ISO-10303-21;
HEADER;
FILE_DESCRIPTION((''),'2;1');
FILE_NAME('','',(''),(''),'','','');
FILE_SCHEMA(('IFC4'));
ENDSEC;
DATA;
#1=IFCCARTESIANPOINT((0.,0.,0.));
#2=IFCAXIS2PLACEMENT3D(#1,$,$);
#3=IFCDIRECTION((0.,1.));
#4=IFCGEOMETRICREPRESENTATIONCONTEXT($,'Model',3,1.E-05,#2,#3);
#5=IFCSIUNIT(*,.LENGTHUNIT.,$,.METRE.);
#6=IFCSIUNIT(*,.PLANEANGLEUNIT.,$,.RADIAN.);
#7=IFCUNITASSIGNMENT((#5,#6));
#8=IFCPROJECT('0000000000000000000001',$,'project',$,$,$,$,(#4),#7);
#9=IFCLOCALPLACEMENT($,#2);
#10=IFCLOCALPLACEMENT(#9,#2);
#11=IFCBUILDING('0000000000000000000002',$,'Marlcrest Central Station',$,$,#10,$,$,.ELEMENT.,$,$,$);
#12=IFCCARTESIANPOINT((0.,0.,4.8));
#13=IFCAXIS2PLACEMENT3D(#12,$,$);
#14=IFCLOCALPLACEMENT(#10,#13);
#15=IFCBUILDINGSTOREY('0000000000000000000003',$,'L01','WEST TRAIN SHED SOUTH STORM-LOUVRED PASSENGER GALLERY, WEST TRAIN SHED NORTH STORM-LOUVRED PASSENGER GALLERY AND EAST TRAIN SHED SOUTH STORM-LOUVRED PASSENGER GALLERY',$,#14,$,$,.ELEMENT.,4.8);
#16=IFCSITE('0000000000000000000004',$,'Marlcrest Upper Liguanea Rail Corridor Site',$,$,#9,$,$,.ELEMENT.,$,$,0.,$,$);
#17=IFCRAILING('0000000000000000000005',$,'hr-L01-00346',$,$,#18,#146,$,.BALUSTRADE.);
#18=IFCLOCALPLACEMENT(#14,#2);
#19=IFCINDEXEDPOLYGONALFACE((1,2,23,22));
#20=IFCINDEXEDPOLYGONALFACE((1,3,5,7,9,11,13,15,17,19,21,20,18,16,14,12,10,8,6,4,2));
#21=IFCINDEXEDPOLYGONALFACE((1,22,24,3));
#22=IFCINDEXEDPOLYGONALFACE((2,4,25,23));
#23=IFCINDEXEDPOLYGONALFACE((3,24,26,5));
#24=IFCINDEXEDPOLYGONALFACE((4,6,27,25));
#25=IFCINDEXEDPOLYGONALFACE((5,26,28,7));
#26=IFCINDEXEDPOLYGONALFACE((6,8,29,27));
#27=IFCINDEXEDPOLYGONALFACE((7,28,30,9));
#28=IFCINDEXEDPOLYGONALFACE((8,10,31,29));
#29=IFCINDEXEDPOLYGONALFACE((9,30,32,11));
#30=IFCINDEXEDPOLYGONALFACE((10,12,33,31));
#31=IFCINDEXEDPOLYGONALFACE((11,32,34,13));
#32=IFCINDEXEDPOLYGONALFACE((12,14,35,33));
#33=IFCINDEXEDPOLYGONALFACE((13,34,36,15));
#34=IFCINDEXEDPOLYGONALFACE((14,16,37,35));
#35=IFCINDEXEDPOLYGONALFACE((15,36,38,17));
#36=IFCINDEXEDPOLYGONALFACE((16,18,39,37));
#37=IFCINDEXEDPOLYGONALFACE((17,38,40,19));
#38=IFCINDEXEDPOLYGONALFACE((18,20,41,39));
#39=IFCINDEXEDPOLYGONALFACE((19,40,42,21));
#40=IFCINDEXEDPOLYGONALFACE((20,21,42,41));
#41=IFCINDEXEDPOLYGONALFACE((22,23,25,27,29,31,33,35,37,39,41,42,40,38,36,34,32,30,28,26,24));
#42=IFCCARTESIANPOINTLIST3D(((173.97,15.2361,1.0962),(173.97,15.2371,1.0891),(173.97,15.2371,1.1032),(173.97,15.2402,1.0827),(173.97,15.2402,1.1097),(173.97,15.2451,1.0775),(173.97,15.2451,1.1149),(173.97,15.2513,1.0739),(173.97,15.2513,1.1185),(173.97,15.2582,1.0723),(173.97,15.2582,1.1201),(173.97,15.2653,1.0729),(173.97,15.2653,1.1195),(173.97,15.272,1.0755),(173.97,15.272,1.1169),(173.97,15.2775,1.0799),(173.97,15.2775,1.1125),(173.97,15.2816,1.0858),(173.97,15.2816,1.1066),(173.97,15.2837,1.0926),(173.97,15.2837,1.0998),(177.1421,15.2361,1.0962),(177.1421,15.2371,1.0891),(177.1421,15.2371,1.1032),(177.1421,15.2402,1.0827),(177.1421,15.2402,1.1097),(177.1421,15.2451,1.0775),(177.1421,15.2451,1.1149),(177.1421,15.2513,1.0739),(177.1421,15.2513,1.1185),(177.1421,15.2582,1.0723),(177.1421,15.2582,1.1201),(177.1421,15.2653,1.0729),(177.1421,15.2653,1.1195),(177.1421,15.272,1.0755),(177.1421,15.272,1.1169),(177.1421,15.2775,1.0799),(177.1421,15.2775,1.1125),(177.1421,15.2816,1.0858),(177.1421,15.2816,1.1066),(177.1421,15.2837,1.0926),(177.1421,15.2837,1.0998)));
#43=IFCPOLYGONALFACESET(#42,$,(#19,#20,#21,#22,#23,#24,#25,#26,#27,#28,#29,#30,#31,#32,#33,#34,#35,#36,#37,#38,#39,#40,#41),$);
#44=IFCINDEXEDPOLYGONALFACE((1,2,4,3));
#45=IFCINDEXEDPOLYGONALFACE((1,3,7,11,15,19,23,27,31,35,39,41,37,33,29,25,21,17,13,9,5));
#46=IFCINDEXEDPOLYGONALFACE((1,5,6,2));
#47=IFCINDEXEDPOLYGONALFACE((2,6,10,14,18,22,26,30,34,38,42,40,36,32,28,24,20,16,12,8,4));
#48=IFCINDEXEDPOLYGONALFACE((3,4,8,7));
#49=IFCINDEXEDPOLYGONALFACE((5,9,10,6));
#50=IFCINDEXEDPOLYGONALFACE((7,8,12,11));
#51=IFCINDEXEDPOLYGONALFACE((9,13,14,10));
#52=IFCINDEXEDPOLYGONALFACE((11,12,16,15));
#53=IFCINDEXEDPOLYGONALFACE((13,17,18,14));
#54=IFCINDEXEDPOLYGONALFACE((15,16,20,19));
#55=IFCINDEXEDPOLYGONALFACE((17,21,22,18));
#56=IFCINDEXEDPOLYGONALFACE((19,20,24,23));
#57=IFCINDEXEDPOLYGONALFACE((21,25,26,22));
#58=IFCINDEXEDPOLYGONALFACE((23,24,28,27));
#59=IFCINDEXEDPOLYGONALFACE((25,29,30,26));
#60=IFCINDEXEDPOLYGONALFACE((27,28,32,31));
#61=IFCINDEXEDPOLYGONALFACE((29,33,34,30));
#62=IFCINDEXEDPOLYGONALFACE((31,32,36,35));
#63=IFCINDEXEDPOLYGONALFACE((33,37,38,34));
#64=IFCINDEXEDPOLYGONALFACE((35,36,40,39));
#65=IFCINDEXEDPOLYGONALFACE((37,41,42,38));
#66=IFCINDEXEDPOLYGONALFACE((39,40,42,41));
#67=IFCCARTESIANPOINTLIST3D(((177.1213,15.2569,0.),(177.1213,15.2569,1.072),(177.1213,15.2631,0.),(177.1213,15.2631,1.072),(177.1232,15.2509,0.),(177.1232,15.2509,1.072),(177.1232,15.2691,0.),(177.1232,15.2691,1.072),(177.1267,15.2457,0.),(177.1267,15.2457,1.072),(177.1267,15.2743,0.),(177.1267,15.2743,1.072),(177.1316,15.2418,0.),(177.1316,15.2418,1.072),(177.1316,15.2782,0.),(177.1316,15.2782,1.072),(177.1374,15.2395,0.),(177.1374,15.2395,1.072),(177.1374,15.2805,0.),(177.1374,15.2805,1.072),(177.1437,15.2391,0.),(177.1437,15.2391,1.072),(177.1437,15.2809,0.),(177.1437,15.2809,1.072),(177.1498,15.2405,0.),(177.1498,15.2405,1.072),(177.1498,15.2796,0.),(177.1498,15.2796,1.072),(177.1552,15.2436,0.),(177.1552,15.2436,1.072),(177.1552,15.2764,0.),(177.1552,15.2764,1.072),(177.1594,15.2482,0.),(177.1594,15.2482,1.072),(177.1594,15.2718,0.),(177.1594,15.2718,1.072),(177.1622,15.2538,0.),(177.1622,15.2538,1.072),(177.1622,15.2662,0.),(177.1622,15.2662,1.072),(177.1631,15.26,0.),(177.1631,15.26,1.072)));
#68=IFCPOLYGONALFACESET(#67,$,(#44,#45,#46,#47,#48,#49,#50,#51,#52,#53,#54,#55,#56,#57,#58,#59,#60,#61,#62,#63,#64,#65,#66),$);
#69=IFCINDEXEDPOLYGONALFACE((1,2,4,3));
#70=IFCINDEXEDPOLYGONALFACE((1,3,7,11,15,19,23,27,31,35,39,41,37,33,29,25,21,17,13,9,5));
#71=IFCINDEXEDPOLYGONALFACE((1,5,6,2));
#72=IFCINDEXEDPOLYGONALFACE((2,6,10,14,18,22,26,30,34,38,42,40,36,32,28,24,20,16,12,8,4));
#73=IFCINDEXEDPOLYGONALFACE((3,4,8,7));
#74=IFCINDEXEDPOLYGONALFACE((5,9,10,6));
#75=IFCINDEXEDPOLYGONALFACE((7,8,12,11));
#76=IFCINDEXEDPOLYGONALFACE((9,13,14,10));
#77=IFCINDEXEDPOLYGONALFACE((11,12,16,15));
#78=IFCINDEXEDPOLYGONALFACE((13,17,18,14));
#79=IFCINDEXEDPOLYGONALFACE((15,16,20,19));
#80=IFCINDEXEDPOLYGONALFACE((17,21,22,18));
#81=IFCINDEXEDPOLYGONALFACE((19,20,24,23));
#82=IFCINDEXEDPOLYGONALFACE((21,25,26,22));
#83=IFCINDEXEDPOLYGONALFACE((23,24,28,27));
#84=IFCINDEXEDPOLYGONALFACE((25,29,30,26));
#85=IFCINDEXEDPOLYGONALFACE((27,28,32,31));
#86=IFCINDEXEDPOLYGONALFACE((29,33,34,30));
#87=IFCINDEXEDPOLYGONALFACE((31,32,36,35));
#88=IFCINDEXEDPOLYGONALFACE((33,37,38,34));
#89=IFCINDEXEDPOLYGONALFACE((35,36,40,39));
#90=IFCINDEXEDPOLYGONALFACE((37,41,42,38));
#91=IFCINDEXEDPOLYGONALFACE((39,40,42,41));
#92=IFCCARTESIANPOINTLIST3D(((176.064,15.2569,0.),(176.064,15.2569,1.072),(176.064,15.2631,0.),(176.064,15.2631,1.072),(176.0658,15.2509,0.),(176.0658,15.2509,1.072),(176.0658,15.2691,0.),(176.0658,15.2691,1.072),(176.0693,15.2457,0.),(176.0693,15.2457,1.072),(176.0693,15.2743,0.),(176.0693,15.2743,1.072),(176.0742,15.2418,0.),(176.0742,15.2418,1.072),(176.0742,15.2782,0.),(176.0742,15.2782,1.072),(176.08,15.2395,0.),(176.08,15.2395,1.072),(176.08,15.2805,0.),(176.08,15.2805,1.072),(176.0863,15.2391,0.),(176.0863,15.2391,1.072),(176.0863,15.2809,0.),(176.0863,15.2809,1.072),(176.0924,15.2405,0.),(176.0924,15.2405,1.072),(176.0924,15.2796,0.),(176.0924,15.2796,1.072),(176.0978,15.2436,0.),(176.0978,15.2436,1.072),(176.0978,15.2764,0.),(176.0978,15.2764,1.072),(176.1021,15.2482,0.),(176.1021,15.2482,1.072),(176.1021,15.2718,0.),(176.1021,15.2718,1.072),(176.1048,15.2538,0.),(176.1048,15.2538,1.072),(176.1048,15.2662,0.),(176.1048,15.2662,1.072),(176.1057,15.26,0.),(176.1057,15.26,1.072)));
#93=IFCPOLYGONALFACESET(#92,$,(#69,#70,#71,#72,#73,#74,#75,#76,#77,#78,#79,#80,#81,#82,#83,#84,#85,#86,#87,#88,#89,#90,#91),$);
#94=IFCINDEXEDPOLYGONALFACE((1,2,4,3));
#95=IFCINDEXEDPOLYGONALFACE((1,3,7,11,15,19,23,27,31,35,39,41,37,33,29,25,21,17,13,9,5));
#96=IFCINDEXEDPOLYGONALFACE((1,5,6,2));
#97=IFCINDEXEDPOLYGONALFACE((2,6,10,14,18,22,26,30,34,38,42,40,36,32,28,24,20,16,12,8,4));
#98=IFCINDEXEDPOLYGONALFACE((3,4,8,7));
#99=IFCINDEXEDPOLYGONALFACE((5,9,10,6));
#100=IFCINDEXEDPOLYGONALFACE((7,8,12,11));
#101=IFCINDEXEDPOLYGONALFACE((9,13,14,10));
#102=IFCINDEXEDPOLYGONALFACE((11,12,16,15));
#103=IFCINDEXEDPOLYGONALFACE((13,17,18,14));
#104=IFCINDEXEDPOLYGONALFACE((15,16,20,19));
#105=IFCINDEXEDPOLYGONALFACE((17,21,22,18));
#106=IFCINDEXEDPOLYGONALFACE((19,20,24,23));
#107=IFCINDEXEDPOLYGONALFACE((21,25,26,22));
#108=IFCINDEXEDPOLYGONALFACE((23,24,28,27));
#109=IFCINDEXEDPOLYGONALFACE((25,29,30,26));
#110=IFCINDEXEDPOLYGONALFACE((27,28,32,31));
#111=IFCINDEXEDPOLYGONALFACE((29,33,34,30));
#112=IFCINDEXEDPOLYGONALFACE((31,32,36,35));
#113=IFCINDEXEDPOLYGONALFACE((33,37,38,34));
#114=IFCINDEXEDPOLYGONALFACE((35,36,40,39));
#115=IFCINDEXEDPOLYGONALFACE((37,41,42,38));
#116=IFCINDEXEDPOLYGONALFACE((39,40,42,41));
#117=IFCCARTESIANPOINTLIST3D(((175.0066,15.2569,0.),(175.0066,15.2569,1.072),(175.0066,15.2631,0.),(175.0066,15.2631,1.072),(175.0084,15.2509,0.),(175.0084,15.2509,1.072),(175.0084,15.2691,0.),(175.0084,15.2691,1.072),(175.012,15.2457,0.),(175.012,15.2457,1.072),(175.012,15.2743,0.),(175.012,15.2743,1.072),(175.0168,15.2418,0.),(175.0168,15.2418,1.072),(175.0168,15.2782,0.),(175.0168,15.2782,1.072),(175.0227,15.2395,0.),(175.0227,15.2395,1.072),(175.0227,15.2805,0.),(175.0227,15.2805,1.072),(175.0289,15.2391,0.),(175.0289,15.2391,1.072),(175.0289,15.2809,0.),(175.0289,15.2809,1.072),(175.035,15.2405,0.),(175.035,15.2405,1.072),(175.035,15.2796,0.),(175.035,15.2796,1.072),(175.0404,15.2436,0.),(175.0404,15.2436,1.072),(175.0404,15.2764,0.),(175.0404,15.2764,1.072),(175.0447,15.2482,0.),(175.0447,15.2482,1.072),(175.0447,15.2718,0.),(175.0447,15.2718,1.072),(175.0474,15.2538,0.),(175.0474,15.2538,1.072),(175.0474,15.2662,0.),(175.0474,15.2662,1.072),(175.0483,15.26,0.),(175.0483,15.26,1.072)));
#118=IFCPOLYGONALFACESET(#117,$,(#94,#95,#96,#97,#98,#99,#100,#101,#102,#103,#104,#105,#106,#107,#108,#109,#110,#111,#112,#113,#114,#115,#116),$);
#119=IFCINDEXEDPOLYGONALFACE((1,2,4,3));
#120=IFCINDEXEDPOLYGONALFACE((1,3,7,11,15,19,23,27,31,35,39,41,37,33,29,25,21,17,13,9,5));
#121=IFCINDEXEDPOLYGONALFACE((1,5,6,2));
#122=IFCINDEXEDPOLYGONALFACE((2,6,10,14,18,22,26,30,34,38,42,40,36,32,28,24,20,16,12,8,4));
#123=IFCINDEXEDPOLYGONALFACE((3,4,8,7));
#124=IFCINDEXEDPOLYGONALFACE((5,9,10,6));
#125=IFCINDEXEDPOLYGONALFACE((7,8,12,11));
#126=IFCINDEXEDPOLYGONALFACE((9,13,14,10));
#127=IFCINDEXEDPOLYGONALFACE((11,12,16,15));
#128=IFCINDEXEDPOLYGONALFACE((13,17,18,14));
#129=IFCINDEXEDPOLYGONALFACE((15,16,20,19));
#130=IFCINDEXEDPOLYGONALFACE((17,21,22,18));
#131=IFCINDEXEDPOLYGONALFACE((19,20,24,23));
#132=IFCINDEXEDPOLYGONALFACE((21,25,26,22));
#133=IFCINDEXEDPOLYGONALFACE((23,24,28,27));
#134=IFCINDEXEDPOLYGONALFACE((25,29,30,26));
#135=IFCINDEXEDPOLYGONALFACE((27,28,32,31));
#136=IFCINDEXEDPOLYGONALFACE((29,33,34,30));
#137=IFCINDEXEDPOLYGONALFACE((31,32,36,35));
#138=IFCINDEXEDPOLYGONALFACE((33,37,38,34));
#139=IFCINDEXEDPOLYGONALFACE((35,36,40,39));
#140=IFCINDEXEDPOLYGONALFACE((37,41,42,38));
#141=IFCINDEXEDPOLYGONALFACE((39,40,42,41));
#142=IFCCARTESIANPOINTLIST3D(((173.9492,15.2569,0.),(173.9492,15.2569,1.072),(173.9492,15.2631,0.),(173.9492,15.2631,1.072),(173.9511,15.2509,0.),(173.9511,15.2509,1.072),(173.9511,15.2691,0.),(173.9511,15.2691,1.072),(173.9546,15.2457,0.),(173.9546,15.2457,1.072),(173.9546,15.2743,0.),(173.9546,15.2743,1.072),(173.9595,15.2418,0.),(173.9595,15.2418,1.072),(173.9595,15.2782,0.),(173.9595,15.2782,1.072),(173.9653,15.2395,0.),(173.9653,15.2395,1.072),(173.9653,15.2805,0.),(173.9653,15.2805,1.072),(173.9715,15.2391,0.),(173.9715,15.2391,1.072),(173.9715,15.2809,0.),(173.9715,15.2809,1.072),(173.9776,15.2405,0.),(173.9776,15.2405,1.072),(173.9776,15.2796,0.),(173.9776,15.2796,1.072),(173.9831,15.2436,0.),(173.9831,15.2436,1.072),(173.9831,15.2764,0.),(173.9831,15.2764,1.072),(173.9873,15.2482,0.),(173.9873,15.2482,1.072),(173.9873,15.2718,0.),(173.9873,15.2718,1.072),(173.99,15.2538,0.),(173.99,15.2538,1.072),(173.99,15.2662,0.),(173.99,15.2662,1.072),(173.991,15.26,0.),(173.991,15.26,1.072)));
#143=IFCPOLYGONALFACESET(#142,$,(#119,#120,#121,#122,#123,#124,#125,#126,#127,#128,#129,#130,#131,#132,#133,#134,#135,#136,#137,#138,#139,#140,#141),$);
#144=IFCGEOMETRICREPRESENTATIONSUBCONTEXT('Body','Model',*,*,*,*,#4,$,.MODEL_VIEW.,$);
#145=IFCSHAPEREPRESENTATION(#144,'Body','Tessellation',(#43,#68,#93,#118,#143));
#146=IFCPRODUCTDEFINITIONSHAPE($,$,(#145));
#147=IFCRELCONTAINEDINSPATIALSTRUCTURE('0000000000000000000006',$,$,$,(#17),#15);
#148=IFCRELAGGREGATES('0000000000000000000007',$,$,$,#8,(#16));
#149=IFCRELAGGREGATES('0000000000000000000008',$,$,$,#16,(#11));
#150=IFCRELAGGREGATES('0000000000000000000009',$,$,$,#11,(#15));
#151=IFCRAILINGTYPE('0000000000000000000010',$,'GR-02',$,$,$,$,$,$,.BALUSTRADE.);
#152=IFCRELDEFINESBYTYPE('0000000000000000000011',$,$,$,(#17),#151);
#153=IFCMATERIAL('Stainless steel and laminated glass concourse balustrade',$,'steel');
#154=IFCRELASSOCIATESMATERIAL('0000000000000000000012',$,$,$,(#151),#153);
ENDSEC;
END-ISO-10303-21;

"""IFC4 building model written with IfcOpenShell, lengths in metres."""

from ifc_helpers import new_model, si_unit, direction, frame, origin, origin_2d, place, context, subcontext, project, spatial, circle, extrude, material, type_object, element, save


model = new_model("IFC4")

# Units and contexts
model_context = context("Model", 3, precision=1e-05, world=origin(), true_north=direction((0.0, 1.0)))
body_context = subcontext(model_context, "Body", "Model", "MODEL_VIEW")
ifc_project = project(units=[si_unit("LENGTHUNIT", "METRE"), si_unit("PLANEANGLEUNIT", "RADIAN")], contexts=[model_context])

# Site, building, storey
site_placement = place(None, origin())
site = spatial("IfcSite", under=ifc_project, at=site_placement, Name="Marlcrest Upper Liguanea Rail Corridor Site", CompositionType="ELEMENT", RefElevation=0.0)
building_placement = place(site_placement, origin())
building = spatial("IfcBuilding", under=site, at=building_placement, Name="Marlcrest Central Station", CompositionType="ELEMENT")
storey_placement = place(building_placement, frame((0.0, 0.0, 4.8)))
storey = spatial("IfcBuildingStorey", under=building, at=storey_placement, Name="L01", Description="WEST TRAIN SHED SOUTH STORM-LOUVRED PASSENGER GALLERY, WEST TRAIN SHED NORTH STORM-LOUVRED PASSENGER GALLERY AND EAST TRAIN SHED SOUTH STORM-LOUVRED PASSENGER GALLERY", CompositionType="ELEMENT", Elevation=4.8)

# Railing
ifc_material_1 = material(Name="Stainless steel and laminated glass concourse balustrade", Category="steel")
railing_type_1 = type_object("IfcRailingType", Name="GR-02", PredefinedType="BALUSTRADE", material=ifc_material_1)
railing_1_placement = place(storey_placement, frame((177.1421, 15.26, 0.0)))
element("IfcRailing", 1, at=railing_1_placement, inside=storey, type_object=railing_type_1, Name="hr-L01-00346", PredefinedType="BALUSTRADE", context=body_context, shape_type="SweptSolid", body=[
    extrude(circle(Radius=0.0239, at=origin_2d()), frame((0.0, 0.0, 1.0962), z_axis=(-1.0, 0.0, 0.0), x_axis=(0.0, -1.0, 0.0)), (0.0, 0.0, 1.0), 3.1721),
    extrude(circle(Radius=0.021, at=origin_2d()), origin(), (0.0, 0.0, 1.0), 1.072),
    extrude(circle(Radius=0.021, at=origin_2d()), frame((-1.0574, 0.0, 0.0)), (0.0, 0.0, 1.0), 1.072),
    extrude(circle(Radius=0.021, at=origin_2d()), frame((-2.1147, 0.0, 0.0)), (0.0, 0.0, 1.0), 1.072),
    extrude(circle(Radius=0.021, at=origin_2d()), frame((-3.1721, 0.0, 0.0)), (0.0, 0.0, 1.0), 1.072),
])

save(model, "model.ifc")
